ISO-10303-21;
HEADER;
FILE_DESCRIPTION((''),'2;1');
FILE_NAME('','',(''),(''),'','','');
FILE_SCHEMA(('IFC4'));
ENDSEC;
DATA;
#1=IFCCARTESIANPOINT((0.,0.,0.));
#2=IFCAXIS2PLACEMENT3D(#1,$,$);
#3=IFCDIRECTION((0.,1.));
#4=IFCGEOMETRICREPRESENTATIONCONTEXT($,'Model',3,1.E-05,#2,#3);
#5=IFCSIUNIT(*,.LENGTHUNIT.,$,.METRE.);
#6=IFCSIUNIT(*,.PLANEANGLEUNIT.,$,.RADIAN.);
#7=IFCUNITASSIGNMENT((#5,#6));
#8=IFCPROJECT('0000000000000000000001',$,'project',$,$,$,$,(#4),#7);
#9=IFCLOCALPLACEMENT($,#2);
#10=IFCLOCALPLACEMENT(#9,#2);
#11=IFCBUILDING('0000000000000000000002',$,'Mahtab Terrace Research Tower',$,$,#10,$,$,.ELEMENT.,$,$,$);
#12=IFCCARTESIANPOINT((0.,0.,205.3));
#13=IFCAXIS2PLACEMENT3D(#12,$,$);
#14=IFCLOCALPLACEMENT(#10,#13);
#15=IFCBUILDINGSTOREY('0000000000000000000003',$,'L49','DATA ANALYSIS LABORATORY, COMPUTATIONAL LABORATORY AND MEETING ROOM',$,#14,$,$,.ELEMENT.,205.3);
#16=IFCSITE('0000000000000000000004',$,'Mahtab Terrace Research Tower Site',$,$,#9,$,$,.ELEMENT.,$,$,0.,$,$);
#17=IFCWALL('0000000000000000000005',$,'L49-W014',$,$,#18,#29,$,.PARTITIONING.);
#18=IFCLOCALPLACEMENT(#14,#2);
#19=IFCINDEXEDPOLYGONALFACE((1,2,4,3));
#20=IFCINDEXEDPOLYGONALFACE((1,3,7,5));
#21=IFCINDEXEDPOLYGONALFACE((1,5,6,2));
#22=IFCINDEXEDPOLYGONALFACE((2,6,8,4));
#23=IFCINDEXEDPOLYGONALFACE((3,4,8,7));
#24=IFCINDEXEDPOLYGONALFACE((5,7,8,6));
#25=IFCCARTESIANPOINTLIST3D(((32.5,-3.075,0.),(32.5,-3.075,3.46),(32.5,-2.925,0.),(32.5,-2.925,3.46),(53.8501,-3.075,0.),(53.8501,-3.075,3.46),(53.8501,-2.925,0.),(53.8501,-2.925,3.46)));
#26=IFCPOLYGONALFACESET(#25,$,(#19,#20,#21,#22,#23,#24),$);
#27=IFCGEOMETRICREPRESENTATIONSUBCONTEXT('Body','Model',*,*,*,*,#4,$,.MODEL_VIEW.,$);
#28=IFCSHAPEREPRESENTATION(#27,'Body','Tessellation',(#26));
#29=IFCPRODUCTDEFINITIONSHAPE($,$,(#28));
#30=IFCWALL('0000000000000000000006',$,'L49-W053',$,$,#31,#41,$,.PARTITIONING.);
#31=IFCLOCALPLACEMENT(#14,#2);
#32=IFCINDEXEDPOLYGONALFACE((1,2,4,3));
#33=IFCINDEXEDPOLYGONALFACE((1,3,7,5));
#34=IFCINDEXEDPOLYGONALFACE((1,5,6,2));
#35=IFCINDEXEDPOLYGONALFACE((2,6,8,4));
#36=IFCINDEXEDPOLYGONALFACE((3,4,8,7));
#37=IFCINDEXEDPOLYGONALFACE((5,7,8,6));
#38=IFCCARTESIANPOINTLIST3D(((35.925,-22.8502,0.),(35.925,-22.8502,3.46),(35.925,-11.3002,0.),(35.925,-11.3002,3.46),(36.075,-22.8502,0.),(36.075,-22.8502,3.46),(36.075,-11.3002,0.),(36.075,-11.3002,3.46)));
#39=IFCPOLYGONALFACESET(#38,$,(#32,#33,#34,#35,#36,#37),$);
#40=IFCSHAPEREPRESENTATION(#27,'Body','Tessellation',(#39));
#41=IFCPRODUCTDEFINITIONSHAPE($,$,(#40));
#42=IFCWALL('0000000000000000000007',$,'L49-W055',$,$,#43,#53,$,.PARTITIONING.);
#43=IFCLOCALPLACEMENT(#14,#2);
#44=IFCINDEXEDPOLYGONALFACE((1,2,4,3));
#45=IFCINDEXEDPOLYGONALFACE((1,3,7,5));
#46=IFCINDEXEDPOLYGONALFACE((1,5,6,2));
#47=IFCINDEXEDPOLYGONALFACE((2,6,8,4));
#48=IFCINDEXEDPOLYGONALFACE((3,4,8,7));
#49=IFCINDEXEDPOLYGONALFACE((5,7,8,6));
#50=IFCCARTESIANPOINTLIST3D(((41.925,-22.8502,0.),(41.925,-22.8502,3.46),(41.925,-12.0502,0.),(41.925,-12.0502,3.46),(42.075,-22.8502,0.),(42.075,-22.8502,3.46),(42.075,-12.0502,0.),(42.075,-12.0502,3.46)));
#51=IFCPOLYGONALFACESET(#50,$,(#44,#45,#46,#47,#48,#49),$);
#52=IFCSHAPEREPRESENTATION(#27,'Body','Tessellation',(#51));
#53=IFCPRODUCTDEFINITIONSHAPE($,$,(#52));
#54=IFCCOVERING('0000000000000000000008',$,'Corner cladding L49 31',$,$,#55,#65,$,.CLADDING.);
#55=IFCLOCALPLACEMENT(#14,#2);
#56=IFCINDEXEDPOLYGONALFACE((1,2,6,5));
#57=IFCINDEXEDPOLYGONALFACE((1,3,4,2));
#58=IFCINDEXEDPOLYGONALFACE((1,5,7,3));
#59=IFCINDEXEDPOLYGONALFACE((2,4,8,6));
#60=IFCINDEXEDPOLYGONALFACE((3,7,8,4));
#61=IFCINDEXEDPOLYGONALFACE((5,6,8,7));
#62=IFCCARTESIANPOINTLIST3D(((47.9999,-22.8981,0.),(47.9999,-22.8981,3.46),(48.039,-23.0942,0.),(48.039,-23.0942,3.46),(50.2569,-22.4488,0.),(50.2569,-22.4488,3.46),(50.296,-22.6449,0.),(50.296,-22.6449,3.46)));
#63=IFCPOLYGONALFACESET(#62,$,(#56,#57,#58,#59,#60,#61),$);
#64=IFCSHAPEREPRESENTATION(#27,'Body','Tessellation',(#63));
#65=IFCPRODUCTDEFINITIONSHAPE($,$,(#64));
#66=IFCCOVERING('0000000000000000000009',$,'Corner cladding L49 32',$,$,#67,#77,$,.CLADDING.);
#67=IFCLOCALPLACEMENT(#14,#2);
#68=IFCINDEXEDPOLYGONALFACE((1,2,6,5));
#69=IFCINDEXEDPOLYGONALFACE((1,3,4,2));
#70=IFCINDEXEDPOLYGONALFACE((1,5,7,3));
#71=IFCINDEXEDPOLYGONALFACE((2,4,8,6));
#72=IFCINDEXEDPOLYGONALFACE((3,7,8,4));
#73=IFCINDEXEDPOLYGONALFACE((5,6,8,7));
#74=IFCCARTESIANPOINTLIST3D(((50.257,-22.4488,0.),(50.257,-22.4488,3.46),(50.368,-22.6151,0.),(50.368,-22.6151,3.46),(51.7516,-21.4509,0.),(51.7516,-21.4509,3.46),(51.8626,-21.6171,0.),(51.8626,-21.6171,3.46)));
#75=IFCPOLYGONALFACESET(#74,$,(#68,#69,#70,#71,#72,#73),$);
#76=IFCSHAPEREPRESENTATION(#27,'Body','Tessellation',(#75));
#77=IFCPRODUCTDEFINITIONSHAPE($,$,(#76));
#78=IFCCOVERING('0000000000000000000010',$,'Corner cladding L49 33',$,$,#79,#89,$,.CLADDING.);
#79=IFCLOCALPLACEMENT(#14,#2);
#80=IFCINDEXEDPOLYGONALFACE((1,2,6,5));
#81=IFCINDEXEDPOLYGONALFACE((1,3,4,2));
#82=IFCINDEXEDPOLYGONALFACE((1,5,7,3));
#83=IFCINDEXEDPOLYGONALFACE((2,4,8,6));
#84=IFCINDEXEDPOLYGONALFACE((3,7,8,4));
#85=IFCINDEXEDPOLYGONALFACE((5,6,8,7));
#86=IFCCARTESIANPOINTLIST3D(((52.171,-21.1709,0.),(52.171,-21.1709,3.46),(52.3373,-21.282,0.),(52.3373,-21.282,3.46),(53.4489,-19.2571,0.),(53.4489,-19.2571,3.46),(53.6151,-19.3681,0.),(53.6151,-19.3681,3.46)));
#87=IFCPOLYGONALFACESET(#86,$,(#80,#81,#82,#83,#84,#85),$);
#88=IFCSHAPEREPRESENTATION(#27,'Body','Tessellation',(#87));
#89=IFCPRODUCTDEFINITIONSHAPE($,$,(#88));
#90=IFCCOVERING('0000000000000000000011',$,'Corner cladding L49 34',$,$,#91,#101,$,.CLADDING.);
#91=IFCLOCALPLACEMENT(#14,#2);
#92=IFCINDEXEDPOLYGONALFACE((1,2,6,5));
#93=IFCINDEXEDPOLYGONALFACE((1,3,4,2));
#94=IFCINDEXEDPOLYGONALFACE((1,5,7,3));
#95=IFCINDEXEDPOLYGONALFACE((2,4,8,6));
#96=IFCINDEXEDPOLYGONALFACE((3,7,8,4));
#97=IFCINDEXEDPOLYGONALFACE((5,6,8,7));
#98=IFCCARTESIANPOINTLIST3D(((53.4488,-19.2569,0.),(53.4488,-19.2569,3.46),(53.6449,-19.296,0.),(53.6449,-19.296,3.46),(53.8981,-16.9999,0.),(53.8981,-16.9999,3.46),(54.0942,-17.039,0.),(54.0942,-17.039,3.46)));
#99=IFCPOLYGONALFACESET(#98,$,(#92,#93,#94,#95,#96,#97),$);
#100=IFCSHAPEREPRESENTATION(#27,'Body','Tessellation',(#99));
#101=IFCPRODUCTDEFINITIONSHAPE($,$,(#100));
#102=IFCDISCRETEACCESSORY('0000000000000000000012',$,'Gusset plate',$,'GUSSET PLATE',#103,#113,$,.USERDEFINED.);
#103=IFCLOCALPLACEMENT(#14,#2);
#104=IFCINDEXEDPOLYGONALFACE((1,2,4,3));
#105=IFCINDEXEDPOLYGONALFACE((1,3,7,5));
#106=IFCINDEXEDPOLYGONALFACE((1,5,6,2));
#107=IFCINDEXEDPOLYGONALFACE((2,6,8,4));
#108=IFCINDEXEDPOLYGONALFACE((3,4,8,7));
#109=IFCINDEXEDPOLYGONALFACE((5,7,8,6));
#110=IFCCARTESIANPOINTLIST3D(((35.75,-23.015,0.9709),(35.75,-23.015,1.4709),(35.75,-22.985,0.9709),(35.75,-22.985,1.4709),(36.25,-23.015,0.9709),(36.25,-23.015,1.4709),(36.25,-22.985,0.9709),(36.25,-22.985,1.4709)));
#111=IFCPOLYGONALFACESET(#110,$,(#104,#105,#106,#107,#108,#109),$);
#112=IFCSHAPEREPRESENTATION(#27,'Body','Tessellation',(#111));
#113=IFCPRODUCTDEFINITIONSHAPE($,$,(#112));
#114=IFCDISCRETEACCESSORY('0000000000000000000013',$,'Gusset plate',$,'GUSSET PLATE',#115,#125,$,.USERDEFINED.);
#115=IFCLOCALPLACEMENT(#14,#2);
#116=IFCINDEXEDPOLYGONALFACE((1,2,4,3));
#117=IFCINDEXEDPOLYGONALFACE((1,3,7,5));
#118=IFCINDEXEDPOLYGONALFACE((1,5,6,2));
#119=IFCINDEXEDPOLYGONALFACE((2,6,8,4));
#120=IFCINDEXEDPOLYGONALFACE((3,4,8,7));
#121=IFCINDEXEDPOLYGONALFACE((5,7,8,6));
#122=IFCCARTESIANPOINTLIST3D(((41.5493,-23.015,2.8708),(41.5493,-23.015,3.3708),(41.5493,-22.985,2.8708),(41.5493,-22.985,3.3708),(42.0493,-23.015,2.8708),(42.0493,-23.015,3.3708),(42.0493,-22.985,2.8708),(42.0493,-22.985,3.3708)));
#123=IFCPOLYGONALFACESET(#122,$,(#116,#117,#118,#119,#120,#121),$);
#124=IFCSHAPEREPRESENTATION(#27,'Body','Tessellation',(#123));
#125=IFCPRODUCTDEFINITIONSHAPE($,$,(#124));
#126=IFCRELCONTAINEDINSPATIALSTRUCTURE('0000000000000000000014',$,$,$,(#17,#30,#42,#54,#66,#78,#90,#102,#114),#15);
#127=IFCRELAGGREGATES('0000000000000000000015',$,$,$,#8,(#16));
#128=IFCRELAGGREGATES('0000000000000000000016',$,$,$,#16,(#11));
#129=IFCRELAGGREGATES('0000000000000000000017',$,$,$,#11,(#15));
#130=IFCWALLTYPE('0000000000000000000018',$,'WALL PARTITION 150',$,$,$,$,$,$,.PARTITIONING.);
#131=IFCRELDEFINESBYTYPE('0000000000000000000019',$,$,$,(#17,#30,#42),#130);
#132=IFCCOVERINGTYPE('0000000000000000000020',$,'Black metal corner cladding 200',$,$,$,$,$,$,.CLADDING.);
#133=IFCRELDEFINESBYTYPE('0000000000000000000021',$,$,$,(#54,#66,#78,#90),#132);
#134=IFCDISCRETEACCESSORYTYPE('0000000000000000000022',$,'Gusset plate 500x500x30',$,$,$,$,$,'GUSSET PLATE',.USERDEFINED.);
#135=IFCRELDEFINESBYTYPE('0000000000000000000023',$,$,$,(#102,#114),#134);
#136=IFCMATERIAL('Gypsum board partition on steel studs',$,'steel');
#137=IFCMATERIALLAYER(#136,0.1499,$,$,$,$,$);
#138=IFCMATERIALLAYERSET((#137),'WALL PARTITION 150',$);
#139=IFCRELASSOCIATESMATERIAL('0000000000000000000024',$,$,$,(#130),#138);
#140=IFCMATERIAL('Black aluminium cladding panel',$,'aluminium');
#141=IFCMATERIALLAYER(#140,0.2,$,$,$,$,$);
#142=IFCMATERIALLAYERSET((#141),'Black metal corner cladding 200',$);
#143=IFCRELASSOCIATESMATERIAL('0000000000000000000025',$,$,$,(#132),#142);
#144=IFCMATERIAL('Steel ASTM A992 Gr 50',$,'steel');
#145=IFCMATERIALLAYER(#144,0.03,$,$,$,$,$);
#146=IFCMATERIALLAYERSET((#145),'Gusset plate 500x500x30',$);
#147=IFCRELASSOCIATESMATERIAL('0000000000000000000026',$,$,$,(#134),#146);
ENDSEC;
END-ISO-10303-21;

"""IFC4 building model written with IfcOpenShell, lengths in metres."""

from ifc_helpers import new_model, si_unit, direction, frame, frame_2d, origin, origin_2d, place, context, subcontext, project, spatial, rectangle, extrude, material, layer, layer_set, type_object, element, save


model = new_model("IFC4")

# Units and contexts
model_context = context("Model", 3, precision=1e-05, world=origin(), true_north=direction((0.0, 1.0)))
body_context = subcontext(model_context, "Body", "Model", "MODEL_VIEW")
ifc_project = project(units=[si_unit("LENGTHUNIT", "METRE"), si_unit("PLANEANGLEUNIT", "RADIAN")], contexts=[model_context])

# Site, building, storey
site_placement = place(None, origin())
site = spatial("IfcSite", under=ifc_project, at=site_placement, Name="Mahtab Terrace Research Tower Site", CompositionType="ELEMENT", RefElevation=0.0)
building_placement = place(site_placement, origin())
building = spatial("IfcBuilding", under=site, at=building_placement, Name="Mahtab Terrace Research Tower", CompositionType="ELEMENT")
storey_placement = place(building_placement, frame((0.0, 0.0, 205.3)))
storey = spatial("IfcBuildingStorey", under=building, at=storey_placement, Name="L49", Description="DATA ANALYSIS LABORATORY, COMPUTATIONAL LABORATORY AND MEETING ROOM", CompositionType="ELEMENT", Elevation=205.3)

# Shared definitions
ifc_material_1 = material(Name="Steel ASTM A992 Gr 50", Category="steel")

# Shared definitions
ifc_material_2 = material(Name="Black aluminium cladding panel", Category="aluminium")

# Walls
ifc_material_3 = material(Name="Gypsum board partition on steel studs", Category="steel")
ifc_layer_1 = layer(ifc_material_3, 0.1499)
ifc_layer_set_1 = layer_set([ifc_layer_1], Name="WALL PARTITION 150")
wall_type_1 = type_object("IfcWallType", Name="WALL PARTITION 150", PredefinedType="PARTITIONING", material=ifc_layer_set_1)
wall_1_placement = place(storey_placement, frame((32.5, -3.0, 0.0), z_axis=(0.0, 0.0, 1.0), x_axis=(1.0, 0.0, 0.0)))
element("IfcWall", 1, at=wall_1_placement, inside=storey, type_object=wall_type_1, Name="L49-W014", PredefinedType="PARTITIONING", context=body_context, shape_type="SweptSolid", body=[
    extrude(rectangle(XDim=21.3501, YDim=0.1499, at=frame_2d((10.675, 0.0))), origin(), (0.0, 0.0, 1.0), 3.46),
])
wall_2_placement = place(storey_placement, frame((36.0, -22.8501, 0.0), z_axis=(0.0, 0.0, 1.0), x_axis=(0.0, 1.0, 0.0)))
element("IfcWall", 2, at=wall_2_placement, inside=storey, type_object=wall_type_1, Name="L49-W053", PredefinedType="PARTITIONING", context=body_context, shape_type="SweptSolid", body=[
    extrude(rectangle(XDim=11.55, YDim=0.1499, at=frame_2d((5.7749, 0.0))), origin(), (0.0, 0.0, 1.0), 3.46),
])
wall_3_placement = place(storey_placement, frame((42.0, -22.8501, 0.0), z_axis=(0.0, 0.0, 1.0), x_axis=(0.0, 1.0, 0.0)))
element("IfcWall", 3, at=wall_3_placement, inside=storey, type_object=wall_type_1, Name="L49-W055", PredefinedType="PARTITIONING", context=body_context, shape_type="SweptSolid", body=[
    extrude(rectangle(XDim=10.8, YDim=0.1499, at=frame_2d((5.3999, 0.0))), origin(), (0.0, 0.0, 1.0), 3.46),
])

# Coverings
ifc_layer_2 = layer(ifc_material_2, 0.2)
ifc_layer_set_2 = layer_set([ifc_layer_2], Name="Black metal corner cladding 200")
covering_type = type_object("IfcCoveringType", Name="Black metal corner cladding 200", PredefinedType="CLADDING", material=ifc_layer_set_2)
covering_1_placement = place(storey_placement, frame((49.1479, -22.7715, 0.0), z_axis=(0.0, 0.0, 1.0), x_axis=(0.980761, 0.195212, 0.0)))
element("IfcCovering", 4, at=covering_1_placement, inside=storey, type_object=covering_type, Name="Corner cladding L49 31", PredefinedType="CLADDING", context=body_context, shape_type="SweptSolid", body=[
    extrude(rectangle(XDim=2.3013, YDim=0.2, at=origin_2d()), origin(), (0.0, 0.0, 1.0), 3.46),
])
covering_2_placement = place(storey_placement, frame((51.0598, -22.033, 0.0), z_axis=(0.0, 0.0, 1.0), x_axis=(0.831656, 0.555291, 0.0)))
element("IfcCovering", 5, at=covering_2_placement, inside=storey, type_object=covering_type, Name="Corner cladding L49 32", PredefinedType="CLADDING", context=body_context, shape_type="SweptSolid", body=[
    extrude(rectangle(XDim=1.7971, YDim=0.2, at=origin_2d()), origin(), (0.0, 0.0, 1.0), 3.46),
])
for number, where, z_axis, x_axis, name in (
    (6, (52.8931, -20.2695, 0.0), (0.0, 0.0, 1.0), (0.555291, 0.831656, 0.0), "Corner cladding L49 33"),
    (7, (53.7715, -18.1479, 0.0), (0.0, 0.0, 1.0), (0.195212, 0.980761, 0.0), "Corner cladding L49 34"),
):
    element("IfcCovering", number, at=place(storey_placement, frame(where, z_axis=z_axis, x_axis=x_axis)), inside=storey, type_object=covering_type, Name=name, PredefinedType="CLADDING", context=body_context, shape_type="SweptSolid", body=[
        extrude(rectangle(XDim=2.3013, YDim=0.2, at=origin_2d()), origin(), (0.0, 0.0, 1.0), 3.46),
    ])

# Discrete accessories
ifc_layer_3 = layer(ifc_material_1, 0.03)
ifc_layer_set_3 = layer_set([ifc_layer_3], Name="Gusset plate 500x500x30")
discrete_accessory_type = type_object("IfcDiscreteAccessoryType", Name="Gusset plate 500x500x30", ElementType="GUSSET PLATE", PredefinedType="USERDEFINED", material=ifc_layer_set_3)
for number, where, z_axis, x_axis, name in (
    (8, (36.0, -23.0, 0.9709), (0.0, 0.0, 1.0), (1.0, 0.0, 0.0), "Gusset plate"),
    (9, (41.7993, -23.0, 2.8708), (0.0, 0.0, 1.0), (1.0, 0.0, 0.0), "Gusset plate"),
):
    element("IfcDiscreteAccessory", number, at=place(storey_placement, frame(where, z_axis=z_axis, x_axis=x_axis)), inside=storey, type_object=discrete_accessory_type, Name=name, ObjectType="GUSSET PLATE", PredefinedType="USERDEFINED", context=body_context, shape_type="SweptSolid", body=[
        extrude(rectangle(XDim=0.5, YDim=0.03, at=origin_2d()), origin(), (0.0, 0.0, 1.0), 0.5),
    ])

save(model, "model.ifc")
